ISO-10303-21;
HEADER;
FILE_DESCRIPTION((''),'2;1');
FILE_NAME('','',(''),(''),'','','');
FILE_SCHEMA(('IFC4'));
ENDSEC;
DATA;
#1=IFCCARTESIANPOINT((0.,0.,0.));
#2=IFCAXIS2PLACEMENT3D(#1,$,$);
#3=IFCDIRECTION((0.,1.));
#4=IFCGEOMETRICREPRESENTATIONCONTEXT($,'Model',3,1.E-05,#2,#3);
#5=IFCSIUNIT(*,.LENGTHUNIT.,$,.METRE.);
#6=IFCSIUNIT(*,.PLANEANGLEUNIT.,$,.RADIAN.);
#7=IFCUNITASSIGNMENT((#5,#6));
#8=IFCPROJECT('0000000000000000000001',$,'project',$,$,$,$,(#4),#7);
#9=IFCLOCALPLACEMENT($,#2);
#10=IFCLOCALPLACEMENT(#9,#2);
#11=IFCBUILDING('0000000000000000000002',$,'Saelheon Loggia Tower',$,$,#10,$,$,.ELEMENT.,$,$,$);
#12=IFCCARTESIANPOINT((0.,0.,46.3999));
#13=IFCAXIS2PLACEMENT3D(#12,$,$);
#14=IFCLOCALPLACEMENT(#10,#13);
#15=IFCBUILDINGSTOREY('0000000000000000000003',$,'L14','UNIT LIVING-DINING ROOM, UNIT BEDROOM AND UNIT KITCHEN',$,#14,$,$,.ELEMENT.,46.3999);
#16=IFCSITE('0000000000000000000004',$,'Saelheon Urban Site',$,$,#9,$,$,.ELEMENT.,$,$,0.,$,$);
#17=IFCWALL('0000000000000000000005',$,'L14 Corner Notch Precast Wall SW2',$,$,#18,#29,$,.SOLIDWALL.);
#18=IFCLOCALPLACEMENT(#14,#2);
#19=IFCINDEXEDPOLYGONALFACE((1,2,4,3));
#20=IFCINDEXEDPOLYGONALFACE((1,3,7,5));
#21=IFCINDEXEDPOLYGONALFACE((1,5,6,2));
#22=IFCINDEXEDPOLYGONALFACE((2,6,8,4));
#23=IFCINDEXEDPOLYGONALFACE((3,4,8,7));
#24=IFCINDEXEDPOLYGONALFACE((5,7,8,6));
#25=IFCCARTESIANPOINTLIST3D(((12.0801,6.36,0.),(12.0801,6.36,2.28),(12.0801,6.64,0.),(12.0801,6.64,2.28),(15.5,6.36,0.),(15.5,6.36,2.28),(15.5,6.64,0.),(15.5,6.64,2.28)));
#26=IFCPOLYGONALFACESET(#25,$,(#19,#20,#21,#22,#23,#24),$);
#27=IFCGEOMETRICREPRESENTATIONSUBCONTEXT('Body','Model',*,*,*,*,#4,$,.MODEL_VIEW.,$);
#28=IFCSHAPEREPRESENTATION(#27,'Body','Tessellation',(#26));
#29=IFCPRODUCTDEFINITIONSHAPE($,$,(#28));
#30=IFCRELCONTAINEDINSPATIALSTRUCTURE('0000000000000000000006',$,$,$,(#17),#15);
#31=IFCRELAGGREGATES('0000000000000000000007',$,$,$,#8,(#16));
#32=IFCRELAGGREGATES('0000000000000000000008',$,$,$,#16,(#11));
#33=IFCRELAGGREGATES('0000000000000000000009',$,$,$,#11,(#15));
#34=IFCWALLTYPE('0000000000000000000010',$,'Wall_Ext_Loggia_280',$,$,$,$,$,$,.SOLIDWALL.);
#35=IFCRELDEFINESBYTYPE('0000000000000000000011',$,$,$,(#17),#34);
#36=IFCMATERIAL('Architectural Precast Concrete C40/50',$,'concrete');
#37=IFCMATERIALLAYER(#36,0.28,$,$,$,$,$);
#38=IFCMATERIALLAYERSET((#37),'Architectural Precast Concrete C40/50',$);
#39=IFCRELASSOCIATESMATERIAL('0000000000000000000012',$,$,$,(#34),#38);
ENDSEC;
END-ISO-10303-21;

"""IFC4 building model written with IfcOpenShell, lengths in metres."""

from ifc_helpers import new_model, si_unit, direction, frame, frame_2d, origin, place, context, subcontext, project, spatial, rectangle, extrude, material, layer, layer_set, type_object, element, save


model = new_model("IFC4")

# Units and contexts
model_context = context("Model", 3, precision=1e-05, world=origin(), true_north=direction((0.0, 1.0)))
body_context = subcontext(model_context, "Body", "Model", "MODEL_VIEW")
ifc_project = project(units=[si_unit("LENGTHUNIT", "METRE"), si_unit("PLANEANGLEUNIT", "RADIAN")], contexts=[model_context])

# Site, building, storey
site_placement = place(None, origin())
site = spatial("IfcSite", under=ifc_project, at=site_placement, Name="Saelheon Urban Site", CompositionType="ELEMENT", RefElevation=0.0)
building_placement = place(site_placement, origin())
building = spatial("IfcBuilding", under=site, at=building_placement, Name="Saelheon Loggia Tower", CompositionType="ELEMENT")
storey_placement = place(building_placement, frame((0.0, 0.0, 46.3999)))
storey = spatial("IfcBuildingStorey", under=building, at=storey_placement, Name="L14", Description="UNIT LIVING-DINING ROOM, UNIT BEDROOM AND UNIT KITCHEN", CompositionType="ELEMENT", Elevation=46.3999)

# Shared definitions
ifc_material_1 = material(Name="Architectural Precast Concrete C40/50", Category="concrete")
ifc_layer = layer(ifc_material_1, 0.28)
ifc_layer_set = layer_set([ifc_layer], Name="Architectural Precast Concrete C40/50")
wall_type = type_object("IfcWallType", Name="Wall_Ext_Loggia_280", PredefinedType="SOLIDWALL", material=ifc_layer_set)

# Wall
wall_1_placement = place(storey_placement, frame((12.0801, 6.5, 0.0), z_axis=(0.0, 0.0, 1.0), x_axis=(1.0, 0.0, 0.0)))
element("IfcWall", 1, at=wall_1_placement, inside=storey, type_object=wall_type, Name="L14 Corner Notch Precast Wall SW2", PredefinedType="SOLIDWALL", context=body_context, shape_type="SweptSolid", body=[
    extrude(rectangle(XDim=3.4199, YDim=0.28, at=frame_2d((1.71, 0.0))), origin(), (0.0, 0.0, 1.0), 2.28),
])

save(model, "model.ifc")
